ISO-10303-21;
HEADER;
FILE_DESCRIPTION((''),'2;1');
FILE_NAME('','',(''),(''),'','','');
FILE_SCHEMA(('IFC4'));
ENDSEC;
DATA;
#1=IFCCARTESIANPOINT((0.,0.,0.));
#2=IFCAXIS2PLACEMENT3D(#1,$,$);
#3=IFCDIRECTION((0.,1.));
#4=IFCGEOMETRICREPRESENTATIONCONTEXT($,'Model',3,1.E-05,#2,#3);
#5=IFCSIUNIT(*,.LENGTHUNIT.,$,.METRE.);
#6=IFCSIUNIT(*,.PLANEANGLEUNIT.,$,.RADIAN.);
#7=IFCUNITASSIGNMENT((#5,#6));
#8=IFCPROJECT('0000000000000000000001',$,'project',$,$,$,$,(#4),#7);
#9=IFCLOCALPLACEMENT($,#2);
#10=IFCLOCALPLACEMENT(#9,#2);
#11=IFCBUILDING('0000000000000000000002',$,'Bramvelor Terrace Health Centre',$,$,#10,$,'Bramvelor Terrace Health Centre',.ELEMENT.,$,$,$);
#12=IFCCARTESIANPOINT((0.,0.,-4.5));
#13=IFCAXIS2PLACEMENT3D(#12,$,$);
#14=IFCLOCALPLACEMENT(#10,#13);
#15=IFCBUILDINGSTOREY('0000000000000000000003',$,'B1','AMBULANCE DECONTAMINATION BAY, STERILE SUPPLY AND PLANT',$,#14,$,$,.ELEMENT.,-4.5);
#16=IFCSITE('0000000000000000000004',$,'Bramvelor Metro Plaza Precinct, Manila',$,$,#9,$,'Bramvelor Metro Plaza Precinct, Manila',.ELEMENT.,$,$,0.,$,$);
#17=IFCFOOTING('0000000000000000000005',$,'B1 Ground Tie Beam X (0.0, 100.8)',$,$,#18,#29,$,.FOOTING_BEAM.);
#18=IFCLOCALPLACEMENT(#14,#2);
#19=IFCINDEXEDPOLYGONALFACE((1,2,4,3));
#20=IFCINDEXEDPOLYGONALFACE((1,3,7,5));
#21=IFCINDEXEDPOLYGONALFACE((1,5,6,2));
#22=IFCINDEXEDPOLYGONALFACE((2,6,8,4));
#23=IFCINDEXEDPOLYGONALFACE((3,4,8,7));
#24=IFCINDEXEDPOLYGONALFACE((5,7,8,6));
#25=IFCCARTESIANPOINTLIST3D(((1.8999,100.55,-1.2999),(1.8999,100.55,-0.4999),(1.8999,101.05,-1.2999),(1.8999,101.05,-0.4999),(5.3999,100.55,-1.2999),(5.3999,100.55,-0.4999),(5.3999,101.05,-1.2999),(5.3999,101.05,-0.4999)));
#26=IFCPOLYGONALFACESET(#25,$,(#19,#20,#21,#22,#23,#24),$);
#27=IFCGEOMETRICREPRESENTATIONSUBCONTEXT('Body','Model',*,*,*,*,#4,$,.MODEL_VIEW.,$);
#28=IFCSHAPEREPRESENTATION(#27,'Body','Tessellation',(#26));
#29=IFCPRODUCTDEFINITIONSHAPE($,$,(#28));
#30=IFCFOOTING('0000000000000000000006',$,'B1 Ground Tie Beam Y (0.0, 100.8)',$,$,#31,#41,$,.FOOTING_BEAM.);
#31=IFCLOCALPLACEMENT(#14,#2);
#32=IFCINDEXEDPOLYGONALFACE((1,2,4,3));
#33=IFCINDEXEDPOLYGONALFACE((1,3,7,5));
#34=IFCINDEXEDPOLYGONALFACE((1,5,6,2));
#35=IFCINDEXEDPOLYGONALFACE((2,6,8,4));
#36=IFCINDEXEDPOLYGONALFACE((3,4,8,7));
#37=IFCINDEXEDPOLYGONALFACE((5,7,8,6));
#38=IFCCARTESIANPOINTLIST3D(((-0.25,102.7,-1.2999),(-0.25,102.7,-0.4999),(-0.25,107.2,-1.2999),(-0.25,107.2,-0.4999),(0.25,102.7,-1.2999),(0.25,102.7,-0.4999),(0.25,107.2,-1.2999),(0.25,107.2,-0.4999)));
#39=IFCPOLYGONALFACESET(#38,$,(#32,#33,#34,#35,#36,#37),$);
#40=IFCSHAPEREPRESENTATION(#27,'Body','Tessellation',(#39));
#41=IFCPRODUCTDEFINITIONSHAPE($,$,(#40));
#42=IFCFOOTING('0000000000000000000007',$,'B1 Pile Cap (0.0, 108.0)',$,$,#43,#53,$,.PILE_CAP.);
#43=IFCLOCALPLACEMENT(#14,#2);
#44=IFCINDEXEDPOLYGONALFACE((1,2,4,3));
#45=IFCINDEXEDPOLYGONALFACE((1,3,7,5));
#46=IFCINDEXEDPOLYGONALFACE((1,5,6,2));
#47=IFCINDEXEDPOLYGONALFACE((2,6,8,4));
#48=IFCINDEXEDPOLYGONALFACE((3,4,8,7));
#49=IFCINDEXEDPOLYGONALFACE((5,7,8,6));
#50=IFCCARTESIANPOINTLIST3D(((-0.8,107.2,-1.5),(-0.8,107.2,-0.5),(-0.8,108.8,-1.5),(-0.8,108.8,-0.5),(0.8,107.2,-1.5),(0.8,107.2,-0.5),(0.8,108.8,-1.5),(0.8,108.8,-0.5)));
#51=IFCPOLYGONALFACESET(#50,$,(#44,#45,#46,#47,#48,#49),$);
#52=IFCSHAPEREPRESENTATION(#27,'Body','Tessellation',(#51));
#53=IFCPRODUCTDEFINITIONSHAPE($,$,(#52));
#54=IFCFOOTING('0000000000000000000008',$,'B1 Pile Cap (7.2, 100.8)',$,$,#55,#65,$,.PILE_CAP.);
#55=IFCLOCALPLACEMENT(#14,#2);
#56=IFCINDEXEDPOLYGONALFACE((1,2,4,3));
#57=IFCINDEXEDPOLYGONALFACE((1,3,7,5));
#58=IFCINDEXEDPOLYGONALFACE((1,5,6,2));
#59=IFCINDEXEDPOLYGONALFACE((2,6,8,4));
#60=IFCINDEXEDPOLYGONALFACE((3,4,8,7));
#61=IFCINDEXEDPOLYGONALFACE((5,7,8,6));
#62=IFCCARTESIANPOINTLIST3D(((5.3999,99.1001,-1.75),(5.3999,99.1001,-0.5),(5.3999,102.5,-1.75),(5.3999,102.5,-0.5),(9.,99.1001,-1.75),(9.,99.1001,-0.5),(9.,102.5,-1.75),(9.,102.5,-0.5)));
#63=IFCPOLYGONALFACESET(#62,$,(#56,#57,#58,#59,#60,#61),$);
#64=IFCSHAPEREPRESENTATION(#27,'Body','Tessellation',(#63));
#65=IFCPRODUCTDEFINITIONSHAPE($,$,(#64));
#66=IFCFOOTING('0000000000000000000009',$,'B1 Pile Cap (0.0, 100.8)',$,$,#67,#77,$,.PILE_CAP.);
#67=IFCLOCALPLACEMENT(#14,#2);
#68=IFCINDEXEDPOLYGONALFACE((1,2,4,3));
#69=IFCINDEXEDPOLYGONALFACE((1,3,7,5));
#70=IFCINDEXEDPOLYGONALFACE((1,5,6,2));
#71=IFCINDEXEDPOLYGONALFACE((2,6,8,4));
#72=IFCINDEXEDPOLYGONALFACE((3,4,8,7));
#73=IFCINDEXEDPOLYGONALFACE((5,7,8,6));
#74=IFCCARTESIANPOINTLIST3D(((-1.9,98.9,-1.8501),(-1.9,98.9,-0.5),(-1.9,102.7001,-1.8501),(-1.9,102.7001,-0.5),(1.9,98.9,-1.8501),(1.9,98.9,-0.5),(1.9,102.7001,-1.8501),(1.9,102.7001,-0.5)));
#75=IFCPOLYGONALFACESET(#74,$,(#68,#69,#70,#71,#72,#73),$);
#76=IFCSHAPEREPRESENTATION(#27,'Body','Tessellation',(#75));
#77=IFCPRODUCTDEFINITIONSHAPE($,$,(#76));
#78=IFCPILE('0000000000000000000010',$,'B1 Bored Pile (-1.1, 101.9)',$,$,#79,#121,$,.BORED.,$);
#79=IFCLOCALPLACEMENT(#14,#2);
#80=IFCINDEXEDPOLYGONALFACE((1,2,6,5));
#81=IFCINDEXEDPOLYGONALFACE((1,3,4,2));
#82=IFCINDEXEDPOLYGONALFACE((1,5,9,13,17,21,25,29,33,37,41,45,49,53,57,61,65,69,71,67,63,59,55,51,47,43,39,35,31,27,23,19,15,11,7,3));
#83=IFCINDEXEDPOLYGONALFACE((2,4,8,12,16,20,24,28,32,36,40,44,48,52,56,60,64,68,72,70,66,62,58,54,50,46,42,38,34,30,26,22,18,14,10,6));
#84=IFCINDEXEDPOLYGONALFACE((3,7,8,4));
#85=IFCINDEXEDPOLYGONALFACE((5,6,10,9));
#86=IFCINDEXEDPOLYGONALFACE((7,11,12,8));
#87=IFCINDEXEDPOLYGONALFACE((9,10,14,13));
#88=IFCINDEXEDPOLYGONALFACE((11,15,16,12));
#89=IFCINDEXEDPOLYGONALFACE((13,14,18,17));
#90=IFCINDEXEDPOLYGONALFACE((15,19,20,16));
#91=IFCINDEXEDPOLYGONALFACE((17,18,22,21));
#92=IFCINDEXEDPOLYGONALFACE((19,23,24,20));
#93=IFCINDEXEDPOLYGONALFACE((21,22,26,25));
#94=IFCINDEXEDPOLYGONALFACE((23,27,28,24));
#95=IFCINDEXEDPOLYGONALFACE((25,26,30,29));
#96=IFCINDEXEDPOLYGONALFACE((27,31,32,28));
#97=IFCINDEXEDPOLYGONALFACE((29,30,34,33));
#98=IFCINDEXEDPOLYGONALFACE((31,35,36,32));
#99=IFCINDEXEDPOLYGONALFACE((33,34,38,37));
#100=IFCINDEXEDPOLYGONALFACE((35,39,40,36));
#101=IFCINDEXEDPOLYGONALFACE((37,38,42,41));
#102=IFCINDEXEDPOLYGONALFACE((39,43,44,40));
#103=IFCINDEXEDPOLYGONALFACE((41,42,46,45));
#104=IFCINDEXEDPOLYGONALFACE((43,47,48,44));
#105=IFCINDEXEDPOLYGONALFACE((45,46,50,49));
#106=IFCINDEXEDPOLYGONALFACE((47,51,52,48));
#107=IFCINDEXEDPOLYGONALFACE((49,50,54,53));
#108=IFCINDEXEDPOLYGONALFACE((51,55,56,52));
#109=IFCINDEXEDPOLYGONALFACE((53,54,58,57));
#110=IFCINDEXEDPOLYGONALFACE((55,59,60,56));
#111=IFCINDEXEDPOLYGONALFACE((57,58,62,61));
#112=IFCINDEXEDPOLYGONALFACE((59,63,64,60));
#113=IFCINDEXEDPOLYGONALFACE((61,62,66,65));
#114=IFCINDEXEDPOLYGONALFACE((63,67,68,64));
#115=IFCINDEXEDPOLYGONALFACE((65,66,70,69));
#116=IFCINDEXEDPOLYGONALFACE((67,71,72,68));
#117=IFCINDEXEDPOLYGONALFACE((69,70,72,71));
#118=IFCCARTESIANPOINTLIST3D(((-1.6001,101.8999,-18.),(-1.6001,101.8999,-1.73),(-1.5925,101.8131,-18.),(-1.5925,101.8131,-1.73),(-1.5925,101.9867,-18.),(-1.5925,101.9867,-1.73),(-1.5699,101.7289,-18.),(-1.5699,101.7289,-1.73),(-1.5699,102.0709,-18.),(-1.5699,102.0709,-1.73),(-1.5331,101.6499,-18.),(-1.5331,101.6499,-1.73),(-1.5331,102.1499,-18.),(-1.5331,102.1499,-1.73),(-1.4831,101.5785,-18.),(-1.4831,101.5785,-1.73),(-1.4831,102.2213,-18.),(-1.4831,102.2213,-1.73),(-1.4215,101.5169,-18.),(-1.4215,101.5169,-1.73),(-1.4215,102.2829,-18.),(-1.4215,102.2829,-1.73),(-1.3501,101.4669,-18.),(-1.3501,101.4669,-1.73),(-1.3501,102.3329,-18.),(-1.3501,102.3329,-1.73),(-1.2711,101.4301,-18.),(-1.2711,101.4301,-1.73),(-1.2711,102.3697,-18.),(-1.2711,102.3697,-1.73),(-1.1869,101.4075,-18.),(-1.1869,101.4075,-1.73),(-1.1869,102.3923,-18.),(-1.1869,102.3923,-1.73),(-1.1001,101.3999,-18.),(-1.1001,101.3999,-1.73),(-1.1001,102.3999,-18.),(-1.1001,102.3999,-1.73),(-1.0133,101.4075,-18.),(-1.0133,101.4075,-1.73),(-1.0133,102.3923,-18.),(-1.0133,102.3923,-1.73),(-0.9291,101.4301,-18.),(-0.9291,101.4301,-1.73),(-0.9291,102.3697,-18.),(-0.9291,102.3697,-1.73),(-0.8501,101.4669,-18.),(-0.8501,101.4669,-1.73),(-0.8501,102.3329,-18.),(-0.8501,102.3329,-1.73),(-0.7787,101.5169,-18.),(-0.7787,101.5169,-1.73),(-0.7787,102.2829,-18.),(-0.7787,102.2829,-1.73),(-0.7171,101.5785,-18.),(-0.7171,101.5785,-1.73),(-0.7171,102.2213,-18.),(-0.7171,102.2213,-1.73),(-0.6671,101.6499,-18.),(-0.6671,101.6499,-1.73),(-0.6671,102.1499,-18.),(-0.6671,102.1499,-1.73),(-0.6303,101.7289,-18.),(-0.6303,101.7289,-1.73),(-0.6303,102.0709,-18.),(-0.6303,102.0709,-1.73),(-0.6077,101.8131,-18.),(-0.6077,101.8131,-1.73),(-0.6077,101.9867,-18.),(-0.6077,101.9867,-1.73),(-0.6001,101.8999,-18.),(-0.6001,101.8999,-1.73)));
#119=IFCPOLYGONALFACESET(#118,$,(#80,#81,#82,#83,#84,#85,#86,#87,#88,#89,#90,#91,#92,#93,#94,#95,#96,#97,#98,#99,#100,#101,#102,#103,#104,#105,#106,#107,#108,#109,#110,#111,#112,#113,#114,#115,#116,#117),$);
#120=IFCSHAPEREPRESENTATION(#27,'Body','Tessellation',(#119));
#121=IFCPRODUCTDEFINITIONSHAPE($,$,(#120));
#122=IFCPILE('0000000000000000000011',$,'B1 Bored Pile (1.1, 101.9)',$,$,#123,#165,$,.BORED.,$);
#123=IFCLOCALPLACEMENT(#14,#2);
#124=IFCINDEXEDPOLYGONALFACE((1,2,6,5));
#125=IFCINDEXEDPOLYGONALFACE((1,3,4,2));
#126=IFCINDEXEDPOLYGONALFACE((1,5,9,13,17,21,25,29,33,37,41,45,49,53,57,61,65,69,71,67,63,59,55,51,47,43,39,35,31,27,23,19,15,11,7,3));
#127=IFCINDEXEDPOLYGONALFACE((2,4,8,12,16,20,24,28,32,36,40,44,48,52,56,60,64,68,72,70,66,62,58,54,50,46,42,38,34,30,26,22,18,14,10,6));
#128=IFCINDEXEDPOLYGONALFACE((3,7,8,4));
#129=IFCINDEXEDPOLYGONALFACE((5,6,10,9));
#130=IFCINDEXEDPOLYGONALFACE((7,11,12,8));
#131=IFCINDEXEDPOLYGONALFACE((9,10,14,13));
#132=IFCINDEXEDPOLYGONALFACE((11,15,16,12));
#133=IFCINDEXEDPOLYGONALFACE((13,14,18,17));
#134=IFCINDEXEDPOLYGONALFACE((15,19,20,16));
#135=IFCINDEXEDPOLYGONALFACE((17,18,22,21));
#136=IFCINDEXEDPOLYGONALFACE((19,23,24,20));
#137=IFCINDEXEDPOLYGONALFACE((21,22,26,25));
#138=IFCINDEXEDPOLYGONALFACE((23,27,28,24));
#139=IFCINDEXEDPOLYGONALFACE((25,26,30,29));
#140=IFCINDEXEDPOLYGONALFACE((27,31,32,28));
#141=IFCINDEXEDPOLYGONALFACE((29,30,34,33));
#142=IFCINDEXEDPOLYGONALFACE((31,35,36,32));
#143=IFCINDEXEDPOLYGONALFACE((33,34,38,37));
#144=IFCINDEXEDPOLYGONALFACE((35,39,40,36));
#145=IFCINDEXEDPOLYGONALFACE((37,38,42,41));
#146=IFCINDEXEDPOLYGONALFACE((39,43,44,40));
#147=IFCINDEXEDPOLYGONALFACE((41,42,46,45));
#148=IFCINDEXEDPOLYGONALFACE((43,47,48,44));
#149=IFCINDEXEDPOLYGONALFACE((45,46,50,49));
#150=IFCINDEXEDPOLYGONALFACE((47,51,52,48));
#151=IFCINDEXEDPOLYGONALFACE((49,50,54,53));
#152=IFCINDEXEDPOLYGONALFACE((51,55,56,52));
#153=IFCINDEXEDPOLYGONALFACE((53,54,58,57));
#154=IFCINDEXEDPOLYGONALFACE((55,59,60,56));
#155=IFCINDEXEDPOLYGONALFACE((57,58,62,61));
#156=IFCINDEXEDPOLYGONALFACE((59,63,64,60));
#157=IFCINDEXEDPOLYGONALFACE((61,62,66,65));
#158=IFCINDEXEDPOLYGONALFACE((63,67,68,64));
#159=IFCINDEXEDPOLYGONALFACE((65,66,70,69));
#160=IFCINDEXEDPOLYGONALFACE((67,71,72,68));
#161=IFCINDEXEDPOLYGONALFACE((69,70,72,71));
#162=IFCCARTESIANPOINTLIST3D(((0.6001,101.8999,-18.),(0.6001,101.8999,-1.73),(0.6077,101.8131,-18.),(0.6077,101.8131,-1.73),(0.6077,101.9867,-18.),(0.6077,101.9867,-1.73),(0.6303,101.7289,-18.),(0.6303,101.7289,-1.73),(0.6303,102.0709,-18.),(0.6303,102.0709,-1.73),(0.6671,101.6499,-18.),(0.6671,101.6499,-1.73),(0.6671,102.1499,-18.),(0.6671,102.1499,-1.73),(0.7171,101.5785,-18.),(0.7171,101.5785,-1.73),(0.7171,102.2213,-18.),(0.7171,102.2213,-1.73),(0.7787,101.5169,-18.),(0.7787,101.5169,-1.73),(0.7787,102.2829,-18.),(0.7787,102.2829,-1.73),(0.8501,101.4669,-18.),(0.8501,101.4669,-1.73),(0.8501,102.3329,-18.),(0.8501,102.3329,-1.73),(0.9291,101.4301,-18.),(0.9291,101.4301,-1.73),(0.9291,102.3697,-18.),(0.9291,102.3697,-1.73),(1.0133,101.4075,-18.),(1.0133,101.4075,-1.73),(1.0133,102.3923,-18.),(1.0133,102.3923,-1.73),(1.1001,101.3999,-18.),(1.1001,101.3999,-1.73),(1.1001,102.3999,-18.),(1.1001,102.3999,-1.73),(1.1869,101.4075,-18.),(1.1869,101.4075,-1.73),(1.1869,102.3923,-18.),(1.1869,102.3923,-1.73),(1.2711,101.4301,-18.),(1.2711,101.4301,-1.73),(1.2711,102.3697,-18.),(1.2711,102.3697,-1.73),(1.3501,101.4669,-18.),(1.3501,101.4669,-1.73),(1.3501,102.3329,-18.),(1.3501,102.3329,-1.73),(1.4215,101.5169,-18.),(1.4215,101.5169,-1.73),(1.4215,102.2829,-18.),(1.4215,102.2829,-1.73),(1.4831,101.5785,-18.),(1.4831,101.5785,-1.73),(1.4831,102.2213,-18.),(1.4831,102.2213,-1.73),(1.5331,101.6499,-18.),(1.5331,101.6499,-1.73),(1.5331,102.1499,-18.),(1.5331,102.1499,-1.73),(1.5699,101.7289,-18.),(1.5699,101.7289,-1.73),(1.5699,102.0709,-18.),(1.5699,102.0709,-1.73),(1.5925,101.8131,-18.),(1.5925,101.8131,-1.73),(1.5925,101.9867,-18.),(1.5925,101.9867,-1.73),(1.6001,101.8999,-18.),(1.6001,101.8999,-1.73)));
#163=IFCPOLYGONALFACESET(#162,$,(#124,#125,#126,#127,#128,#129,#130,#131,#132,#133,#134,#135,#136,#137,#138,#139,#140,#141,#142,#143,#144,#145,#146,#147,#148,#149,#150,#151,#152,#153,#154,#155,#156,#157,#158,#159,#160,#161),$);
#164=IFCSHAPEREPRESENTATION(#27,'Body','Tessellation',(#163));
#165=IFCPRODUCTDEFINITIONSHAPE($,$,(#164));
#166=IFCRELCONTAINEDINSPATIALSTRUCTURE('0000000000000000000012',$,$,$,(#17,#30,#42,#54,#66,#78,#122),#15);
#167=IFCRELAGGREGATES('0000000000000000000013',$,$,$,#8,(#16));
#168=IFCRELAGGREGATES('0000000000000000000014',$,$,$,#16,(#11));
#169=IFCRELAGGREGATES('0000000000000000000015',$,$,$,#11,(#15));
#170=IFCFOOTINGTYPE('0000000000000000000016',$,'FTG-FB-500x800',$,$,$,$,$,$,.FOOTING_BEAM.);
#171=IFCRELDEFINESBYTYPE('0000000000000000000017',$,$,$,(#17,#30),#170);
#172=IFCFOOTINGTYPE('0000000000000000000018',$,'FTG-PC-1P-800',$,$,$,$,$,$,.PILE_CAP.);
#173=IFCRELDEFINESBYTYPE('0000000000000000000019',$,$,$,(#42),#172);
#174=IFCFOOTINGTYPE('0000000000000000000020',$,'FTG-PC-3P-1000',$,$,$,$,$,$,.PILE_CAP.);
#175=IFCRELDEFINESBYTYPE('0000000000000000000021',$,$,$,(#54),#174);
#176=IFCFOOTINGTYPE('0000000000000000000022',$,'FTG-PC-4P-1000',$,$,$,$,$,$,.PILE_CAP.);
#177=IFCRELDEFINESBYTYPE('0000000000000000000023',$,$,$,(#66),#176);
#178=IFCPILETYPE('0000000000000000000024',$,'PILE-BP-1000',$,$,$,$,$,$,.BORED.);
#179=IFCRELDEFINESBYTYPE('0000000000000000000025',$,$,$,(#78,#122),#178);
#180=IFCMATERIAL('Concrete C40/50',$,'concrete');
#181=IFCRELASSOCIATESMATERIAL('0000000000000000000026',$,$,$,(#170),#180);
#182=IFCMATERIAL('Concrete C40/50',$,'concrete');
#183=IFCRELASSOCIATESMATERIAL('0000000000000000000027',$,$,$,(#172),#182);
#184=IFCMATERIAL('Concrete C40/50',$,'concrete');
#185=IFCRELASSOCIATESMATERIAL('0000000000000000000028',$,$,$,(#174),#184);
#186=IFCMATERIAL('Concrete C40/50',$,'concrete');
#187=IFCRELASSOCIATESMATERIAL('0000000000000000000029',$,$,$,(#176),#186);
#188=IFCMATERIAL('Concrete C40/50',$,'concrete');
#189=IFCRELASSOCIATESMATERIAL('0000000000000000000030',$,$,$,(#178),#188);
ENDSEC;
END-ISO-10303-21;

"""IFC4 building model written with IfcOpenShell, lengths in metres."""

from ifc_helpers import new_model, si_unit, direction, frame, origin, origin_2d, place, context, subcontext, project, spatial, rectangle, circle, extrude, material, material_profile, profile_set, type_object, element, save


model = new_model("IFC4")

# Units and contexts
model_context = context("Model", 3, precision=1e-05, world=origin(), true_north=direction((0.0, 1.0)))
body_context = subcontext(model_context, "Body", "Model", "MODEL_VIEW")
ifc_project = project(units=[si_unit("LENGTHUNIT", "METRE"), si_unit("PLANEANGLEUNIT", "RADIAN")], contexts=[model_context])

# Site, building, storey
site_placement = place(None, origin())
site = spatial("IfcSite", under=ifc_project, at=site_placement, Name="Bramvelor Metro Plaza Precinct, Manila", LongName="Bramvelor Metro Plaza Precinct, Manila", CompositionType="ELEMENT", RefElevation=0.0)
building_placement = place(site_placement, origin())
building = spatial("IfcBuilding", under=site, at=building_placement, Name="Bramvelor Terrace Health Centre", LongName="Bramvelor Terrace Health Centre", CompositionType="ELEMENT")
storey_placement = place(building_placement, frame((0.0, 0.0, -4.5)))
storey = spatial("IfcBuildingStorey", under=building, at=storey_placement, Name="B1", Description="AMBULANCE DECONTAMINATION BAY, STERILE SUPPLY AND PLANT", CompositionType="ELEMENT", Elevation=-4.5)

# Footings
ifc_material_1 = material(Name="Concrete C40/50", Category="concrete")
ifc_material_profile_1 = material_profile(ifc_material_1, rectangle(XDim=0.5, YDim=0.8, at=origin_2d()), Name="RC 500x800")
ifc_profile_set_1 = profile_set([ifc_material_profile_1], Name="Concrete C40/50")
footing_type_1 = type_object("IfcFootingType", Name="FTG-FB-500x800", PredefinedType="FOOTING_BEAM", material=ifc_profile_set_1)
footing_1_placement = place(storey_placement, frame((1.8999, 100.8, -0.8999), z_axis=(1.0, 0.0, 0.0), x_axis=(0.0, 1.0, 0.0)))
element("IfcFooting", 1, at=footing_1_placement, inside=storey, type_object=footing_type_1, Name="B1 Ground Tie Beam X (0.0, 100.8)", PredefinedType="FOOTING_BEAM", context=body_context, shape_type="SweptSolid", body=[
    extrude(rectangle(XDim=0.5, YDim=0.8, at=origin_2d()), origin(), (0.0, 0.0, 1.0), 3.5),
])
footing_2_placement = place(storey_placement, frame((0.0, 102.7, -0.8999), z_axis=(0.0, 1.0, 0.0), x_axis=(-1.0, 0.0, 0.0)))
element("IfcFooting", 2, at=footing_2_placement, inside=storey, type_object=footing_type_1, Name="B1 Ground Tie Beam Y (0.0, 100.8)", PredefinedType="FOOTING_BEAM", context=body_context, shape_type="SweptSolid", body=[
    extrude(rectangle(XDim=0.5, YDim=0.8, at=origin_2d()), origin(), (0.0, 0.0, 1.0), 4.5),
])
ifc_material_2 = material(Name="Concrete C40/50", Category="concrete")
footing_type_2 = type_object("IfcFootingType", Name="FTG-PC-1P-800", PredefinedType="PILE_CAP", material=ifc_material_2)
footing_3_placement = place(storey_placement, frame((0.0, 108.0, -1.5), z_axis=(0.0, 0.0, 1.0), x_axis=(1.0, 0.0, 0.0)))
element("IfcFooting", 3, at=footing_3_placement, inside=storey, type_object=footing_type_2, Name="B1 Pile Cap (0.0, 108.0)", PredefinedType="PILE_CAP", context=body_context, shape_type="SweptSolid", body=[
    extrude(rectangle(XDim=1.6001, YDim=1.6001, at=origin_2d()), origin(), (0.0, 0.0, 1.0), 1.0),
])
ifc_material_3 = material(Name="Concrete C40/50", Category="concrete")
footing_type_3 = type_object("IfcFootingType", Name="FTG-PC-3P-1000", PredefinedType="PILE_CAP", material=ifc_material_3)
footing_4_placement = place(storey_placement, frame((7.2, 100.8, -1.75), z_axis=(0.0, 0.0, 1.0), x_axis=(1.0, 0.0, 0.0)))
element("IfcFooting", 4, at=footing_4_placement, inside=storey, type_object=footing_type_3, Name="B1 Pile Cap (7.2, 100.8)", PredefinedType="PILE_CAP", context=body_context, shape_type="SweptSolid", body=[
    extrude(rectangle(XDim=3.6001, YDim=3.3999, at=origin_2d()), origin(), (0.0, 0.0, 1.0), 1.25),
])
ifc_material_4 = material(Name="Concrete C40/50", Category="concrete")
footing_type_4 = type_object("IfcFootingType", Name="FTG-PC-4P-1000", PredefinedType="PILE_CAP", material=ifc_material_4)
footing_5_placement = place(storey_placement, frame((0.0, 100.8, -1.8501), z_axis=(0.0, 0.0, 1.0), x_axis=(1.0, 0.0, 0.0)))
element("IfcFooting", 5, at=footing_5_placement, inside=storey, type_object=footing_type_4, Name="B1 Pile Cap (0.0, 100.8)", PredefinedType="PILE_CAP", context=body_context, shape_type="SweptSolid", body=[
    extrude(rectangle(XDim=3.8, YDim=3.8, at=origin_2d()), origin(), (0.0, 0.0, 1.0), 1.3501),
])

# Piles
ifc_material_5 = material(Name="Concrete C40/50", Category="concrete")
ifc_material_profile_2 = material_profile(ifc_material_5, circle(Radius=0.5, at=origin_2d()), Name="BP D1000")
ifc_profile_set_2 = profile_set([ifc_material_profile_2], Name="Concrete C40/50")
pile_type_1 = type_object("IfcPileType", Name="PILE-BP-1000", PredefinedType="BORED", material=ifc_profile_set_2)
for number, where, z_axis, x_axis, name in (
    (6, (-1.1001, 101.8999, -1.73), (0.0, 0.0, -1.0), (1.0, 0.0, 0.0), "B1 Bored Pile (-1.1, 101.9)"),
    (7, (1.1001, 101.8999, -1.73), (0.0, 0.0, -1.0), (1.0, 0.0, 0.0), "B1 Bored Pile (1.1, 101.9)"),
):
    element("IfcPile", number, at=place(storey_placement, frame(where, z_axis=z_axis, x_axis=x_axis)), inside=storey, type_object=pile_type_1, Name=name, PredefinedType="BORED", context=body_context, shape_type="SweptSolid", body=[
        extrude(circle(Radius=0.5, at=origin_2d()), origin(), (0.0, 0.0, 1.0), 16.27),
    ])

save(model, "model.ifc")
